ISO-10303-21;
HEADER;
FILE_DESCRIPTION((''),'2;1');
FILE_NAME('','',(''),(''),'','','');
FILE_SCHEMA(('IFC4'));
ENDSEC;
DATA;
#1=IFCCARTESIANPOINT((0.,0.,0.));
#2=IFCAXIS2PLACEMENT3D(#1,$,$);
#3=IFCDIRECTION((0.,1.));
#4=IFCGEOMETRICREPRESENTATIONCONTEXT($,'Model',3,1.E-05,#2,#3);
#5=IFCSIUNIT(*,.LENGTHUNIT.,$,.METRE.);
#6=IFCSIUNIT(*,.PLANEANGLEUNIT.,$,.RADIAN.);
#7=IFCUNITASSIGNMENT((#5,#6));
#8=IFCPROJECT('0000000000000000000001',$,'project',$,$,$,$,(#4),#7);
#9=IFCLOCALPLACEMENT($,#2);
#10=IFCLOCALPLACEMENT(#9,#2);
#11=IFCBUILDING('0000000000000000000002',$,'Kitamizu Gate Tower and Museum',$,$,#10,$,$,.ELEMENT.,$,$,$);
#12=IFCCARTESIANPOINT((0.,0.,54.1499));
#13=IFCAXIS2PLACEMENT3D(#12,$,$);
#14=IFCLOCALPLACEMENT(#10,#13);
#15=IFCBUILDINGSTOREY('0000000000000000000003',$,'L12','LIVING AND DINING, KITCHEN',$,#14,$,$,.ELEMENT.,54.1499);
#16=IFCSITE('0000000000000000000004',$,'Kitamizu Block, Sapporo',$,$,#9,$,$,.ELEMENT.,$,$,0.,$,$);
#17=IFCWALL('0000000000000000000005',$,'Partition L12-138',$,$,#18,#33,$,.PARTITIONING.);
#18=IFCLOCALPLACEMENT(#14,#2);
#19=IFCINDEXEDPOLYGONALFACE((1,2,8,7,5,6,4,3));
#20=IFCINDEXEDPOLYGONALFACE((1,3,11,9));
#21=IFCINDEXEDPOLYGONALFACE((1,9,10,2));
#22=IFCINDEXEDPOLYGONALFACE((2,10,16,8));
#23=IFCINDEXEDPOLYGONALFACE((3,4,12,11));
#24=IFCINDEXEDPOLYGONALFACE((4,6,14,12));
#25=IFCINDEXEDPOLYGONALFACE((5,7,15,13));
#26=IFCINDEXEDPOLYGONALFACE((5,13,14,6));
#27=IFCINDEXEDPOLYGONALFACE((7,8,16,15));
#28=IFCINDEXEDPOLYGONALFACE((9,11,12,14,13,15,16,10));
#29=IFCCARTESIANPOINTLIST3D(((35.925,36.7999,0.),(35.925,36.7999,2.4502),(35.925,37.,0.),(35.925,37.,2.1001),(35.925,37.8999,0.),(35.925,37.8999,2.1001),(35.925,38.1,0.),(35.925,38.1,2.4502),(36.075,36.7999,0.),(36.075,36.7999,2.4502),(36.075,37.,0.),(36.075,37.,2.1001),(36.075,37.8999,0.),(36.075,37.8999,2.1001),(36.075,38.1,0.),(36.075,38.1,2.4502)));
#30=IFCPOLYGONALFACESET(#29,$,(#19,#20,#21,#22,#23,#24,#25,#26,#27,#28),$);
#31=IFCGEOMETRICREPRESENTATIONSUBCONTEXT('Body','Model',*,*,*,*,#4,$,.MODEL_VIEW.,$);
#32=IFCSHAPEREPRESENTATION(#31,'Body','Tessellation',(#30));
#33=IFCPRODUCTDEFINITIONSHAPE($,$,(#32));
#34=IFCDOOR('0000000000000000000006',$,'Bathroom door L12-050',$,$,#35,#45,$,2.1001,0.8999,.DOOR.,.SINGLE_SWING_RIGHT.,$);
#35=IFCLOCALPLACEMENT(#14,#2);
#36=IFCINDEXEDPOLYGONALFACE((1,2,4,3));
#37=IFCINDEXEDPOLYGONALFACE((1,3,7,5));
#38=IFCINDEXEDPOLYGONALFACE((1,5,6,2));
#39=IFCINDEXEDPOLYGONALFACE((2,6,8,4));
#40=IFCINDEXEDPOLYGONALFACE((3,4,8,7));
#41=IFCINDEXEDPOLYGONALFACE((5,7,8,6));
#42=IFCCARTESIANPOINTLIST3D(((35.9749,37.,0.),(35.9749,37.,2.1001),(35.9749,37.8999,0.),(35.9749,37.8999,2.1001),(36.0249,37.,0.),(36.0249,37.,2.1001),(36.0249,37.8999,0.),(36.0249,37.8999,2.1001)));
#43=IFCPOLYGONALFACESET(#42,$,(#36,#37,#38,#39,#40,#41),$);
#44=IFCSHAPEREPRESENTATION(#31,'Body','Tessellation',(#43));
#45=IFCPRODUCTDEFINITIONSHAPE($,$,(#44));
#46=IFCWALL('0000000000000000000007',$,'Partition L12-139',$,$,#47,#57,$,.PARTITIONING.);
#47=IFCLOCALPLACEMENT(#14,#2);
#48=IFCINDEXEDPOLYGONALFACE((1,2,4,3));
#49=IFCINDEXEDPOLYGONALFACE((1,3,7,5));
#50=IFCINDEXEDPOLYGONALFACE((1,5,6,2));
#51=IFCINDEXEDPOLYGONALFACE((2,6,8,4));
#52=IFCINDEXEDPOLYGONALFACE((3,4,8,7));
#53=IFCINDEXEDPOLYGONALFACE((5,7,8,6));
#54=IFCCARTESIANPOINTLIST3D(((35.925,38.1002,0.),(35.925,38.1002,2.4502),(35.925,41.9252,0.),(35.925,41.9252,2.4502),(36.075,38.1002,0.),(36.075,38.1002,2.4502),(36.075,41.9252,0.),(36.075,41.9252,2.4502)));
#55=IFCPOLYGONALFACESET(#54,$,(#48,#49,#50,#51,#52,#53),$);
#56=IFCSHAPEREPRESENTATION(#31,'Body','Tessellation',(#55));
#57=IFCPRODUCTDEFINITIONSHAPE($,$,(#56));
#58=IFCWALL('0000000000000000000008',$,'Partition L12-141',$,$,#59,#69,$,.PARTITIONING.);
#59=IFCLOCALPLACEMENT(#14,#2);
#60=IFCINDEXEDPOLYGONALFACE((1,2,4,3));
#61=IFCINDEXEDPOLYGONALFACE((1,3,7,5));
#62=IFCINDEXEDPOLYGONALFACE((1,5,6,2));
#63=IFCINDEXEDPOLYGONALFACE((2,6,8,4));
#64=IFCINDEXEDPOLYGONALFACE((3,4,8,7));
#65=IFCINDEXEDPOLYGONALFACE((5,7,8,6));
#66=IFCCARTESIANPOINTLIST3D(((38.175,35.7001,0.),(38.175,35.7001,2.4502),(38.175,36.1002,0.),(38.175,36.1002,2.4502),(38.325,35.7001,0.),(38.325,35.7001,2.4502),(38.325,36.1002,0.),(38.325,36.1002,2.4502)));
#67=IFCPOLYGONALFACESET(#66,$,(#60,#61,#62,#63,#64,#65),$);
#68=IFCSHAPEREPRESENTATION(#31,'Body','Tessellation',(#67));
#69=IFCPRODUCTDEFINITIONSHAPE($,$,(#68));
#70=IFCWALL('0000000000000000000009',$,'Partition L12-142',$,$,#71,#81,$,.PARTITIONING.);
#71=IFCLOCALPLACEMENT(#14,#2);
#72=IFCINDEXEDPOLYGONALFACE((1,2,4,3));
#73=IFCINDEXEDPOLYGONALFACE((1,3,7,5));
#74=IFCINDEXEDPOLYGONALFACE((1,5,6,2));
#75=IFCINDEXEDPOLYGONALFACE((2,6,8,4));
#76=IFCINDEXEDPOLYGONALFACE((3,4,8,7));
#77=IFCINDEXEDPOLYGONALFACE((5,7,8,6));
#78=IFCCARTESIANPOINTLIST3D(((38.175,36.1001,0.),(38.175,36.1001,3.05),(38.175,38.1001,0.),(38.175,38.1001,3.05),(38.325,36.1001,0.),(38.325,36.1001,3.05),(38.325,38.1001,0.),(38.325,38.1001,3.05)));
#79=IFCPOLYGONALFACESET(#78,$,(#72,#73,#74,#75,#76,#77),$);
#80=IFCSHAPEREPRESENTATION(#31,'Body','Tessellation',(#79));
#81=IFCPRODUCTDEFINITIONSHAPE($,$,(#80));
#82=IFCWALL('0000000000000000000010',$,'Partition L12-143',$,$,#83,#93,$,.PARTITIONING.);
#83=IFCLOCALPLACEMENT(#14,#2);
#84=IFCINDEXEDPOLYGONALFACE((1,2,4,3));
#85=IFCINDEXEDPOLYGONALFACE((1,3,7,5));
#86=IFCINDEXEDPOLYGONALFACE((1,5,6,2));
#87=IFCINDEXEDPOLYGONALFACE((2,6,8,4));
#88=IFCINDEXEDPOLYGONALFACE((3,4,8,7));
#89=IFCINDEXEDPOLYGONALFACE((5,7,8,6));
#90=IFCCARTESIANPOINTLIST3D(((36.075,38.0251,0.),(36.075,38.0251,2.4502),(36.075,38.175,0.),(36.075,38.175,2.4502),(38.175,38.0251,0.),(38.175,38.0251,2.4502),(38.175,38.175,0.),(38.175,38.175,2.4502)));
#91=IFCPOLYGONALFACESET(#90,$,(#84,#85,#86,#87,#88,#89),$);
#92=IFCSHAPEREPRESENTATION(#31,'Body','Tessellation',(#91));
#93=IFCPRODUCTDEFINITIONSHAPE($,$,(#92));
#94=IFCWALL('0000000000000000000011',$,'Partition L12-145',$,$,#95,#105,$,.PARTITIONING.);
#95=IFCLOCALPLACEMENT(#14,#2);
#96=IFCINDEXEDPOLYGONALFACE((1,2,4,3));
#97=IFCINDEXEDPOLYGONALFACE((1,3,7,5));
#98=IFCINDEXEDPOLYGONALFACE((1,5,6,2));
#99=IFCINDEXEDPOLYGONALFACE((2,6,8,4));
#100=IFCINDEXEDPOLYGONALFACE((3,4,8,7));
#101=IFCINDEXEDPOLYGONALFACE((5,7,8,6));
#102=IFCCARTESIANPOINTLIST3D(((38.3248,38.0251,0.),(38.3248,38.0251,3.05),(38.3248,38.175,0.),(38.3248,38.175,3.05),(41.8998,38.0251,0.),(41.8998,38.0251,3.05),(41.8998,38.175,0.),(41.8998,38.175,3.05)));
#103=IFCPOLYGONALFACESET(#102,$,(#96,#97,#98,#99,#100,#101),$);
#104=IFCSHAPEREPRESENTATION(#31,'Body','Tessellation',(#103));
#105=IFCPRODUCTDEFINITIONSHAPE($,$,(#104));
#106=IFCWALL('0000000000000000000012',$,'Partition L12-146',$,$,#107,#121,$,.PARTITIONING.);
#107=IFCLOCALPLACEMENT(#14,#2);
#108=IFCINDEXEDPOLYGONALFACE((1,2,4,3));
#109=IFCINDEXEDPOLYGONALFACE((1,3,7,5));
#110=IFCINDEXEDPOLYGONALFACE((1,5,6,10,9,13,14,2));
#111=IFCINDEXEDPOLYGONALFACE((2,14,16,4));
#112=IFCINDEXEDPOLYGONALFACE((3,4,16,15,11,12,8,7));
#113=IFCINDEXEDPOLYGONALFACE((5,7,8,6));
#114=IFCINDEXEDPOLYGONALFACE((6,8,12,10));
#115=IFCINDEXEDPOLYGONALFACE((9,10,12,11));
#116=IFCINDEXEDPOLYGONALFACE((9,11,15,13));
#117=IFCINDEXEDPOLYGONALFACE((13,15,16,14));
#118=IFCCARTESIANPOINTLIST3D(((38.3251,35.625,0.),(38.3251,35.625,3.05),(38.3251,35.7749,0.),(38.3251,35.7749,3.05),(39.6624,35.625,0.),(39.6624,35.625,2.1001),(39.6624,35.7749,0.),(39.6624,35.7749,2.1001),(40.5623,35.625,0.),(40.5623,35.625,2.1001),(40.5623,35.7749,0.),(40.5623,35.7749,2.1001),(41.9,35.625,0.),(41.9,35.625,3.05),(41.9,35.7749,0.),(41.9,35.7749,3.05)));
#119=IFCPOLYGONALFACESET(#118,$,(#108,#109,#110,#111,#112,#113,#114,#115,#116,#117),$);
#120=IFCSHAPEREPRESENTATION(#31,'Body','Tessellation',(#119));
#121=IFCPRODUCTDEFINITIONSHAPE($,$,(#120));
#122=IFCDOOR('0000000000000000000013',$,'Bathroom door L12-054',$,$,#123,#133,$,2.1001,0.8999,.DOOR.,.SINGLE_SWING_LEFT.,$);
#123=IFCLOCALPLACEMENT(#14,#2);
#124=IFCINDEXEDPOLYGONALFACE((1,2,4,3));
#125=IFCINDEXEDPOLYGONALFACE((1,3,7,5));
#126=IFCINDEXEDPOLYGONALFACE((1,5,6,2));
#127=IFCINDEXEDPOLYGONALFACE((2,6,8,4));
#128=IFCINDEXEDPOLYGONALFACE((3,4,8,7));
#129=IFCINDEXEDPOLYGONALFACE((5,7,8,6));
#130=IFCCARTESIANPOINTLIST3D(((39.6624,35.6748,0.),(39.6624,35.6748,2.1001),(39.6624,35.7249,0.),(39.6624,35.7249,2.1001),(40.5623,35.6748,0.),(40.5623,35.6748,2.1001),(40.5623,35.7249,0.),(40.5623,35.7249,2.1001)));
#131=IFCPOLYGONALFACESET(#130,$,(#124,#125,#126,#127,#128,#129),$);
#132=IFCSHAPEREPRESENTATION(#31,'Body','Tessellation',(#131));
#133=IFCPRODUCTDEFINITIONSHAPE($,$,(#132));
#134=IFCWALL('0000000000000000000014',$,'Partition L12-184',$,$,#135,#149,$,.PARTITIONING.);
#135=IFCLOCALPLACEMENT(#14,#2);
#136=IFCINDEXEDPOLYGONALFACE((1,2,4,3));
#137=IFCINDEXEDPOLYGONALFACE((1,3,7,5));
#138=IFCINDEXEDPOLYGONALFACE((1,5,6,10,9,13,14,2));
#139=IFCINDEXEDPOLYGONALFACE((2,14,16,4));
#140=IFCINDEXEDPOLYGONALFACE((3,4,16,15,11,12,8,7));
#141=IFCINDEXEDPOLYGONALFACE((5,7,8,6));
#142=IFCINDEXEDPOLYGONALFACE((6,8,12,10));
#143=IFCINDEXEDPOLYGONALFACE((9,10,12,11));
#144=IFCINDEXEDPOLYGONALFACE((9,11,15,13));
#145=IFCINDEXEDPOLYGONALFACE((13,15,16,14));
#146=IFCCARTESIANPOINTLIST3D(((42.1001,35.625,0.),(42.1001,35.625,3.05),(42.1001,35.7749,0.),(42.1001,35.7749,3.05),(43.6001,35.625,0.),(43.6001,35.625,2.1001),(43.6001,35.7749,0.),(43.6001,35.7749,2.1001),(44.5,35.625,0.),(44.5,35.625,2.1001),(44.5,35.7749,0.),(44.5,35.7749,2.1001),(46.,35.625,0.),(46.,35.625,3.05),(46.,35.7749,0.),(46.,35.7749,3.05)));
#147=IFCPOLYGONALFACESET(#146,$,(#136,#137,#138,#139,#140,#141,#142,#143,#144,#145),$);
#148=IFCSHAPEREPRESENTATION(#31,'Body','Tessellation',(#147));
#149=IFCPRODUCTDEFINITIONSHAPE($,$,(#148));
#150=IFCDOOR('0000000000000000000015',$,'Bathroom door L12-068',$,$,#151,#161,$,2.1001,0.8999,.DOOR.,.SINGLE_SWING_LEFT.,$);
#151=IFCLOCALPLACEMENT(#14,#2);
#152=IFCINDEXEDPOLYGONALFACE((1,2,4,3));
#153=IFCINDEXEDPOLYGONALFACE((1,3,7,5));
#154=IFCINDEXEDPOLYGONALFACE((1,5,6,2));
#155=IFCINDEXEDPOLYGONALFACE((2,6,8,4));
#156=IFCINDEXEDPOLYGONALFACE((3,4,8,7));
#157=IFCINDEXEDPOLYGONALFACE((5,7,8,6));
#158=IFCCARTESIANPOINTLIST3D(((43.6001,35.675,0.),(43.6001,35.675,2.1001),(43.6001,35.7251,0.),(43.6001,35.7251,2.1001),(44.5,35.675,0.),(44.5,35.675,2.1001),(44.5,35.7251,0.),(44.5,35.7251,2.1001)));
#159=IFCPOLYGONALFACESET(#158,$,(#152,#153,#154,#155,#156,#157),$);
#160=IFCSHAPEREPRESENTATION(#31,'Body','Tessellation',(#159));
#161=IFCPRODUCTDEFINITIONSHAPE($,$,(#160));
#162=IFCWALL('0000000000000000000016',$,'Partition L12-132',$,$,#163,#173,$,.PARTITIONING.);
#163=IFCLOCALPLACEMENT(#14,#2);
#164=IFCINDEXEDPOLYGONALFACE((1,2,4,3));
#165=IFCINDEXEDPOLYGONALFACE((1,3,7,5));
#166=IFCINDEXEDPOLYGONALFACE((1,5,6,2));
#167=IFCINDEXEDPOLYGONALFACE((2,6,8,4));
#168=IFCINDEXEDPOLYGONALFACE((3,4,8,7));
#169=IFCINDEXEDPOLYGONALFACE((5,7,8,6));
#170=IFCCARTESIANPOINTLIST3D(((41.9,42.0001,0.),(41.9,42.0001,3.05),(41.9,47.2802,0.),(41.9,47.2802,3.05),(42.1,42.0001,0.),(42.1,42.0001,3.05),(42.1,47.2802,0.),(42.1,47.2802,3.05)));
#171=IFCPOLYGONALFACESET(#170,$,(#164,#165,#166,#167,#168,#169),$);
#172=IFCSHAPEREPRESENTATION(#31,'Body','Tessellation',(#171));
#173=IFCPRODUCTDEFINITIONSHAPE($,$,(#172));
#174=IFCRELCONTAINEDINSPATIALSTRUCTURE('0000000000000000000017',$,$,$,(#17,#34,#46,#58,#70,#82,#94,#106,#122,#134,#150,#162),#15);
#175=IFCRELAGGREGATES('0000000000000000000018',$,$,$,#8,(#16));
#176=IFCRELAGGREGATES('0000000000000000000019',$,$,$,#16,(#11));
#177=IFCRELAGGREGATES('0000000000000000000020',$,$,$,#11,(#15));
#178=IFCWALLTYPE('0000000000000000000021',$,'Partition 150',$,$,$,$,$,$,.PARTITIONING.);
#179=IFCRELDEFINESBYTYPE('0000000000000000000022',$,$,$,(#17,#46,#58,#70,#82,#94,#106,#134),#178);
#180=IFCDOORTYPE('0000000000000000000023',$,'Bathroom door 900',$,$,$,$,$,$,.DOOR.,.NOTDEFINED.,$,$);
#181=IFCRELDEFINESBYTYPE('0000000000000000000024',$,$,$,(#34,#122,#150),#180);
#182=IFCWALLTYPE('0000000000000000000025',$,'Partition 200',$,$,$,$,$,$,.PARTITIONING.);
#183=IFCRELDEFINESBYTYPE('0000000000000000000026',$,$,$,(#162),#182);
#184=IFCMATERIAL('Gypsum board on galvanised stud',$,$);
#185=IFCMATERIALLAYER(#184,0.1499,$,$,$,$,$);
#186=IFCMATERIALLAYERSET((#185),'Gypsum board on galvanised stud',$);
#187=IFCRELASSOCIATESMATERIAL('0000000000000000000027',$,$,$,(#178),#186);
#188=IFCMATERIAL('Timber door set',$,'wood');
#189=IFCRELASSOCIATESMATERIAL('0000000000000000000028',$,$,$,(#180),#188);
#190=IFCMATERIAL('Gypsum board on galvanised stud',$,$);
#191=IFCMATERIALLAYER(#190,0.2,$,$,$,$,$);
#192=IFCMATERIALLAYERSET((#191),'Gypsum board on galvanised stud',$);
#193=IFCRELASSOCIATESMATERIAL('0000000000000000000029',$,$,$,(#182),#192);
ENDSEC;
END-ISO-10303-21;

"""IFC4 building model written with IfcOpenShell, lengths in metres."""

from ifc_helpers import new_model, si_unit, direction, frame, frame_2d, origin, place, context, subcontext, project, spatial, rectangle, extrude, material, layer, layer_set, type_object, element, fill, save


model = new_model("IFC4")

# Units and contexts
model_context = context("Model", 3, precision=1e-05, world=origin(), true_north=direction((0.0, 1.0)))
body_context = subcontext(model_context, "Body", "Model", "MODEL_VIEW")
ifc_project = project(units=[si_unit("LENGTHUNIT", "METRE"), si_unit("PLANEANGLEUNIT", "RADIAN")], contexts=[model_context])

# Site, building, storey
site_placement = place(None, origin())
site = spatial("IfcSite", under=ifc_project, at=site_placement, Name="Kitamizu Block, Sapporo", CompositionType="ELEMENT", RefElevation=0.0)
building_placement = place(site_placement, origin())
building = spatial("IfcBuilding", under=site, at=building_placement, Name="Kitamizu Gate Tower and Museum", CompositionType="ELEMENT")
storey_placement = place(building_placement, frame((0.0, 0.0, 54.1499)))
storey = spatial("IfcBuildingStorey", under=building, at=storey_placement, Name="L12", Description="LIVING AND DINING, KITCHEN", CompositionType="ELEMENT", Elevation=54.1499)

# Wall, opening, door
ifc_material_1 = material(Name="Gypsum board on galvanised stud")
ifc_layer_1 = layer(ifc_material_1, 0.1499)
ifc_layer_set_1 = layer_set([ifc_layer_1], Name="Gypsum board on galvanised stud")
wall_type_1 = type_object("IfcWallType", Name="Partition 150", PredefinedType="PARTITIONING", material=ifc_layer_set_1)
wall_1_placement = place(storey_placement, frame((36.0, 36.8, 0.0), z_axis=(0.0, 0.0, 1.0), x_axis=(0.0, 1.0, 0.0)))
wall_1 = element("IfcWall", 1, at=wall_1_placement, inside=storey, type_object=wall_type_1, Name="Partition L12-138", PredefinedType="PARTITIONING", context=body_context, shape_type="SweptSolid", body=[
    extrude(rectangle(XDim=1.3, YDim=0.1499, at=frame_2d((0.6499, 0.0))), origin(), (0.0, 0.0, 1.0), 2.4502),
])
opening_1_placement = place(wall_1_placement, frame((0.2, 0.0, 0.0)))
opening_1 = element("IfcOpeningElement", 2, at=opening_1_placement, cuts=wall_1, PredefinedType="OPENING", context=body_context, shape_type="SweptSolid", body=[
    extrude(rectangle(XDim=0.8999, YDim=2.1001, at=frame_2d((0.45, 1.05))), frame((0.0, 0.085, 0.0), z_axis=(0.0, -1.0, 0.0), x_axis=(1.0, 0.0, 0.0)), (0.0, 0.0, 1.0), 0.1699),
])
ifc_material_2 = material(Name="Timber door set", Category="wood")
door_type_1 = type_object("IfcDoorType", Name="Bathroom door 900", OperationType="NOTDEFINED", PredefinedType="DOOR", material=ifc_material_2)
door_1_placement = place(opening_1_placement, frame((0.8999, 0.0, 0.0), x_axis=(-1.0, 0.0, 0.0)))
door_1 = element("IfcDoor", 3, at=door_1_placement, inside=storey, type_object=door_type_1, Name="Bathroom door L12-050", OperationType="SINGLE_SWING_RIGHT", OverallHeight=2.1001, OverallWidth=0.8999, PredefinedType="DOOR", context=body_context, shape_type="SweptSolid", body=[
    extrude(rectangle(XDim=0.8999, YDim=2.1001, at=frame_2d((0.45, 1.05))), frame((0.0, 0.0249, 0.0), z_axis=(0.0, -1.0, 0.0), x_axis=(1.0, 0.0, 0.0)), (0.0, 0.0, 1.0), 0.05),
])
fill(opening_1, door_1)

# Walls
wall_2_placement = place(storey_placement, frame((36.0, 38.1001, 0.0), z_axis=(0.0, 0.0, 1.0), x_axis=(0.0, 1.0, 0.0)))
element("IfcWall", 4, at=wall_2_placement, inside=storey, type_object=wall_type_1, Name="Partition L12-139", PredefinedType="PARTITIONING", context=body_context, shape_type="SweptSolid", body=[
    extrude(rectangle(XDim=3.825, YDim=0.1499, at=frame_2d((1.9126, 0.0))), origin(), (0.0, 0.0, 1.0), 2.4502),
])
wall_3_placement = place(storey_placement, frame((38.25, 35.7, 0.0), z_axis=(0.0, 0.0, 1.0), x_axis=(0.0, 1.0, 0.0)))
element("IfcWall", 5, at=wall_3_placement, inside=storey, type_object=wall_type_1, Name="Partition L12-141", PredefinedType="PARTITIONING", context=body_context, shape_type="SweptSolid", body=[
    extrude(rectangle(XDim=0.4001, YDim=0.1499, at=frame_2d((0.2002, 0.0))), origin(), (0.0, 0.0, 1.0), 2.4502),
])
wall_4_placement = place(storey_placement, frame((38.25, 36.1001, 0.0), z_axis=(0.0, 0.0, 1.0), x_axis=(0.0, 1.0, 0.0)))
element("IfcWall", 6, at=wall_4_placement, inside=storey, type_object=wall_type_1, Name="Partition L12-142", PredefinedType="PARTITIONING", context=body_context, shape_type="SweptSolid", body=[
    extrude(rectangle(XDim=2.0, YDim=0.1499, at=frame_2d((1.0, 0.0))), origin(), (0.0, 0.0, 1.0), 3.05),
])
wall_5_placement = place(storey_placement, frame((38.175, 38.1001, 0.0), z_axis=(0.0, 0.0, 1.0), x_axis=(-1.0, 0.0, 0.0)))
element("IfcWall", 7, at=wall_5_placement, inside=storey, type_object=wall_type_1, Name="Partition L12-143", PredefinedType="PARTITIONING", context=body_context, shape_type="SweptSolid", body=[
    extrude(rectangle(XDim=2.1001, YDim=0.1499, at=frame_2d((1.05, 0.0))), origin(), (0.0, 0.0, 1.0), 2.4502),
])
wall_6_placement = place(storey_placement, frame((41.8999, 38.1001, 0.0), z_axis=(0.0, 0.0, 1.0), x_axis=(-1.0, 0.0, 0.0)))
element("IfcWall", 8, at=wall_6_placement, inside=storey, type_object=wall_type_1, Name="Partition L12-145", PredefinedType="PARTITIONING", context=body_context, shape_type="SweptSolid", body=[
    extrude(rectangle(XDim=3.575, YDim=0.1499, at=frame_2d((1.7876, 0.0))), origin(), (0.0, 0.0, 1.0), 3.05),
])

# Walls, openings, doors
wall_7_placement = place(storey_placement, frame((38.325, 35.7, 0.0), z_axis=(0.0, 0.0, 1.0), x_axis=(1.0, 0.0, 0.0)))
wall_7 = element("IfcWall", 9, at=wall_7_placement, inside=storey, type_object=wall_type_1, Name="Partition L12-146", PredefinedType="PARTITIONING", context=body_context, shape_type="SweptSolid", body=[
    extrude(rectangle(XDim=3.575, YDim=0.1499, at=frame_2d((1.7876, 0.0))), origin(), (0.0, 0.0, 1.0), 3.05),
])
opening_2_placement = place(wall_7_placement, frame((1.3374, 0.0, 0.0)))
opening_2 = element("IfcOpeningElement", 10, at=opening_2_placement, cuts=wall_7, PredefinedType="OPENING", context=body_context, shape_type="SweptSolid", body=[
    extrude(rectangle(XDim=0.8999, YDim=2.1001, at=frame_2d((0.45, 1.05))), frame((0.0, 0.085, 0.0), z_axis=(0.0, -1.0, 0.0), x_axis=(1.0, 0.0, 0.0)), (0.0, 0.0, 1.0), 0.1699),
])
door_2_placement = place(opening_2_placement, origin())
door_2 = element("IfcDoor", 11, at=door_2_placement, inside=storey, type_object=door_type_1, Name="Bathroom door L12-054", OperationType="SINGLE_SWING_LEFT", OverallHeight=2.1001, OverallWidth=0.8999, PredefinedType="DOOR", context=body_context, shape_type="SweptSolid", body=[
    extrude(rectangle(XDim=0.8999, YDim=2.1001, at=frame_2d((0.45, 1.05))), frame((0.0, 0.0249, 0.0), z_axis=(0.0, -1.0, 0.0), x_axis=(1.0, 0.0, 0.0)), (0.0, 0.0, 1.0), 0.05),
])
fill(opening_2, door_2)
wall_8_placement = place(storey_placement, frame((42.1001, 35.7, 0.0), z_axis=(0.0, 0.0, 1.0), x_axis=(1.0, 0.0, 0.0)))
wall_8 = element("IfcWall", 12, at=wall_8_placement, inside=storey, type_object=wall_type_1, Name="Partition L12-184", PredefinedType="PARTITIONING", context=body_context, shape_type="SweptSolid", body=[
    extrude(rectangle(XDim=3.8999, YDim=0.1499, at=frame_2d((1.95, 0.0))), origin(), (0.0, 0.0, 1.0), 3.05),
])
opening_3_placement = place(wall_8_placement, frame((1.5, 0.0, 0.0)))
opening_3 = element("IfcOpeningElement", 13, at=opening_3_placement, cuts=wall_8, PredefinedType="OPENING", context=body_context, shape_type="SweptSolid", body=[
    extrude(rectangle(XDim=0.8999, YDim=2.1001, at=frame_2d((0.45, 1.05))), frame((0.0, 0.085, 0.0), z_axis=(0.0, -1.0, 0.0), x_axis=(1.0, 0.0, 0.0)), (0.0, 0.0, 1.0), 0.1699),
])
door_3_placement = place(opening_3_placement, frame((0.8999, 0.0, 0.0), x_axis=(-1.0, 0.0, 0.0)))
door_3 = element("IfcDoor", 14, at=door_3_placement, inside=storey, type_object=door_type_1, Name="Bathroom door L12-068", OperationType="SINGLE_SWING_LEFT", OverallHeight=2.1001, OverallWidth=0.8999, PredefinedType="DOOR", context=body_context, shape_type="SweptSolid", body=[
    extrude(rectangle(XDim=0.8999, YDim=2.1001, at=frame_2d((0.45, 1.05))), frame((0.0, 0.0249, 0.0), z_axis=(0.0, -1.0, 0.0), x_axis=(1.0, 0.0, 0.0)), (0.0, 0.0, 1.0), 0.05),
])
fill(opening_3, door_3)

# Wall
ifc_material_3 = material(Name="Gypsum board on galvanised stud")
ifc_layer_2 = layer(ifc_material_3, 0.2)
ifc_layer_set_2 = layer_set([ifc_layer_2], Name="Gypsum board on galvanised stud")
wall_type_2 = type_object("IfcWallType", Name="Partition 200", PredefinedType="PARTITIONING", material=ifc_layer_set_2)
wall_9_placement = place(storey_placement, frame((42.0, 42.0, 0.0), z_axis=(0.0, 0.0, 1.0), x_axis=(0.0, 1.0, 0.0)))
element("IfcWall", 15, at=wall_9_placement, inside=storey, type_object=wall_type_2, Name="Partition L12-132", PredefinedType="PARTITIONING", context=body_context, shape_type="SweptSolid", body=[
    extrude(rectangle(XDim=5.28, YDim=0.2, at=frame_2d((2.6401, 0.0))), origin(), (0.0, 0.0, 1.0), 3.05),
])

save(model, "model.ifc")
